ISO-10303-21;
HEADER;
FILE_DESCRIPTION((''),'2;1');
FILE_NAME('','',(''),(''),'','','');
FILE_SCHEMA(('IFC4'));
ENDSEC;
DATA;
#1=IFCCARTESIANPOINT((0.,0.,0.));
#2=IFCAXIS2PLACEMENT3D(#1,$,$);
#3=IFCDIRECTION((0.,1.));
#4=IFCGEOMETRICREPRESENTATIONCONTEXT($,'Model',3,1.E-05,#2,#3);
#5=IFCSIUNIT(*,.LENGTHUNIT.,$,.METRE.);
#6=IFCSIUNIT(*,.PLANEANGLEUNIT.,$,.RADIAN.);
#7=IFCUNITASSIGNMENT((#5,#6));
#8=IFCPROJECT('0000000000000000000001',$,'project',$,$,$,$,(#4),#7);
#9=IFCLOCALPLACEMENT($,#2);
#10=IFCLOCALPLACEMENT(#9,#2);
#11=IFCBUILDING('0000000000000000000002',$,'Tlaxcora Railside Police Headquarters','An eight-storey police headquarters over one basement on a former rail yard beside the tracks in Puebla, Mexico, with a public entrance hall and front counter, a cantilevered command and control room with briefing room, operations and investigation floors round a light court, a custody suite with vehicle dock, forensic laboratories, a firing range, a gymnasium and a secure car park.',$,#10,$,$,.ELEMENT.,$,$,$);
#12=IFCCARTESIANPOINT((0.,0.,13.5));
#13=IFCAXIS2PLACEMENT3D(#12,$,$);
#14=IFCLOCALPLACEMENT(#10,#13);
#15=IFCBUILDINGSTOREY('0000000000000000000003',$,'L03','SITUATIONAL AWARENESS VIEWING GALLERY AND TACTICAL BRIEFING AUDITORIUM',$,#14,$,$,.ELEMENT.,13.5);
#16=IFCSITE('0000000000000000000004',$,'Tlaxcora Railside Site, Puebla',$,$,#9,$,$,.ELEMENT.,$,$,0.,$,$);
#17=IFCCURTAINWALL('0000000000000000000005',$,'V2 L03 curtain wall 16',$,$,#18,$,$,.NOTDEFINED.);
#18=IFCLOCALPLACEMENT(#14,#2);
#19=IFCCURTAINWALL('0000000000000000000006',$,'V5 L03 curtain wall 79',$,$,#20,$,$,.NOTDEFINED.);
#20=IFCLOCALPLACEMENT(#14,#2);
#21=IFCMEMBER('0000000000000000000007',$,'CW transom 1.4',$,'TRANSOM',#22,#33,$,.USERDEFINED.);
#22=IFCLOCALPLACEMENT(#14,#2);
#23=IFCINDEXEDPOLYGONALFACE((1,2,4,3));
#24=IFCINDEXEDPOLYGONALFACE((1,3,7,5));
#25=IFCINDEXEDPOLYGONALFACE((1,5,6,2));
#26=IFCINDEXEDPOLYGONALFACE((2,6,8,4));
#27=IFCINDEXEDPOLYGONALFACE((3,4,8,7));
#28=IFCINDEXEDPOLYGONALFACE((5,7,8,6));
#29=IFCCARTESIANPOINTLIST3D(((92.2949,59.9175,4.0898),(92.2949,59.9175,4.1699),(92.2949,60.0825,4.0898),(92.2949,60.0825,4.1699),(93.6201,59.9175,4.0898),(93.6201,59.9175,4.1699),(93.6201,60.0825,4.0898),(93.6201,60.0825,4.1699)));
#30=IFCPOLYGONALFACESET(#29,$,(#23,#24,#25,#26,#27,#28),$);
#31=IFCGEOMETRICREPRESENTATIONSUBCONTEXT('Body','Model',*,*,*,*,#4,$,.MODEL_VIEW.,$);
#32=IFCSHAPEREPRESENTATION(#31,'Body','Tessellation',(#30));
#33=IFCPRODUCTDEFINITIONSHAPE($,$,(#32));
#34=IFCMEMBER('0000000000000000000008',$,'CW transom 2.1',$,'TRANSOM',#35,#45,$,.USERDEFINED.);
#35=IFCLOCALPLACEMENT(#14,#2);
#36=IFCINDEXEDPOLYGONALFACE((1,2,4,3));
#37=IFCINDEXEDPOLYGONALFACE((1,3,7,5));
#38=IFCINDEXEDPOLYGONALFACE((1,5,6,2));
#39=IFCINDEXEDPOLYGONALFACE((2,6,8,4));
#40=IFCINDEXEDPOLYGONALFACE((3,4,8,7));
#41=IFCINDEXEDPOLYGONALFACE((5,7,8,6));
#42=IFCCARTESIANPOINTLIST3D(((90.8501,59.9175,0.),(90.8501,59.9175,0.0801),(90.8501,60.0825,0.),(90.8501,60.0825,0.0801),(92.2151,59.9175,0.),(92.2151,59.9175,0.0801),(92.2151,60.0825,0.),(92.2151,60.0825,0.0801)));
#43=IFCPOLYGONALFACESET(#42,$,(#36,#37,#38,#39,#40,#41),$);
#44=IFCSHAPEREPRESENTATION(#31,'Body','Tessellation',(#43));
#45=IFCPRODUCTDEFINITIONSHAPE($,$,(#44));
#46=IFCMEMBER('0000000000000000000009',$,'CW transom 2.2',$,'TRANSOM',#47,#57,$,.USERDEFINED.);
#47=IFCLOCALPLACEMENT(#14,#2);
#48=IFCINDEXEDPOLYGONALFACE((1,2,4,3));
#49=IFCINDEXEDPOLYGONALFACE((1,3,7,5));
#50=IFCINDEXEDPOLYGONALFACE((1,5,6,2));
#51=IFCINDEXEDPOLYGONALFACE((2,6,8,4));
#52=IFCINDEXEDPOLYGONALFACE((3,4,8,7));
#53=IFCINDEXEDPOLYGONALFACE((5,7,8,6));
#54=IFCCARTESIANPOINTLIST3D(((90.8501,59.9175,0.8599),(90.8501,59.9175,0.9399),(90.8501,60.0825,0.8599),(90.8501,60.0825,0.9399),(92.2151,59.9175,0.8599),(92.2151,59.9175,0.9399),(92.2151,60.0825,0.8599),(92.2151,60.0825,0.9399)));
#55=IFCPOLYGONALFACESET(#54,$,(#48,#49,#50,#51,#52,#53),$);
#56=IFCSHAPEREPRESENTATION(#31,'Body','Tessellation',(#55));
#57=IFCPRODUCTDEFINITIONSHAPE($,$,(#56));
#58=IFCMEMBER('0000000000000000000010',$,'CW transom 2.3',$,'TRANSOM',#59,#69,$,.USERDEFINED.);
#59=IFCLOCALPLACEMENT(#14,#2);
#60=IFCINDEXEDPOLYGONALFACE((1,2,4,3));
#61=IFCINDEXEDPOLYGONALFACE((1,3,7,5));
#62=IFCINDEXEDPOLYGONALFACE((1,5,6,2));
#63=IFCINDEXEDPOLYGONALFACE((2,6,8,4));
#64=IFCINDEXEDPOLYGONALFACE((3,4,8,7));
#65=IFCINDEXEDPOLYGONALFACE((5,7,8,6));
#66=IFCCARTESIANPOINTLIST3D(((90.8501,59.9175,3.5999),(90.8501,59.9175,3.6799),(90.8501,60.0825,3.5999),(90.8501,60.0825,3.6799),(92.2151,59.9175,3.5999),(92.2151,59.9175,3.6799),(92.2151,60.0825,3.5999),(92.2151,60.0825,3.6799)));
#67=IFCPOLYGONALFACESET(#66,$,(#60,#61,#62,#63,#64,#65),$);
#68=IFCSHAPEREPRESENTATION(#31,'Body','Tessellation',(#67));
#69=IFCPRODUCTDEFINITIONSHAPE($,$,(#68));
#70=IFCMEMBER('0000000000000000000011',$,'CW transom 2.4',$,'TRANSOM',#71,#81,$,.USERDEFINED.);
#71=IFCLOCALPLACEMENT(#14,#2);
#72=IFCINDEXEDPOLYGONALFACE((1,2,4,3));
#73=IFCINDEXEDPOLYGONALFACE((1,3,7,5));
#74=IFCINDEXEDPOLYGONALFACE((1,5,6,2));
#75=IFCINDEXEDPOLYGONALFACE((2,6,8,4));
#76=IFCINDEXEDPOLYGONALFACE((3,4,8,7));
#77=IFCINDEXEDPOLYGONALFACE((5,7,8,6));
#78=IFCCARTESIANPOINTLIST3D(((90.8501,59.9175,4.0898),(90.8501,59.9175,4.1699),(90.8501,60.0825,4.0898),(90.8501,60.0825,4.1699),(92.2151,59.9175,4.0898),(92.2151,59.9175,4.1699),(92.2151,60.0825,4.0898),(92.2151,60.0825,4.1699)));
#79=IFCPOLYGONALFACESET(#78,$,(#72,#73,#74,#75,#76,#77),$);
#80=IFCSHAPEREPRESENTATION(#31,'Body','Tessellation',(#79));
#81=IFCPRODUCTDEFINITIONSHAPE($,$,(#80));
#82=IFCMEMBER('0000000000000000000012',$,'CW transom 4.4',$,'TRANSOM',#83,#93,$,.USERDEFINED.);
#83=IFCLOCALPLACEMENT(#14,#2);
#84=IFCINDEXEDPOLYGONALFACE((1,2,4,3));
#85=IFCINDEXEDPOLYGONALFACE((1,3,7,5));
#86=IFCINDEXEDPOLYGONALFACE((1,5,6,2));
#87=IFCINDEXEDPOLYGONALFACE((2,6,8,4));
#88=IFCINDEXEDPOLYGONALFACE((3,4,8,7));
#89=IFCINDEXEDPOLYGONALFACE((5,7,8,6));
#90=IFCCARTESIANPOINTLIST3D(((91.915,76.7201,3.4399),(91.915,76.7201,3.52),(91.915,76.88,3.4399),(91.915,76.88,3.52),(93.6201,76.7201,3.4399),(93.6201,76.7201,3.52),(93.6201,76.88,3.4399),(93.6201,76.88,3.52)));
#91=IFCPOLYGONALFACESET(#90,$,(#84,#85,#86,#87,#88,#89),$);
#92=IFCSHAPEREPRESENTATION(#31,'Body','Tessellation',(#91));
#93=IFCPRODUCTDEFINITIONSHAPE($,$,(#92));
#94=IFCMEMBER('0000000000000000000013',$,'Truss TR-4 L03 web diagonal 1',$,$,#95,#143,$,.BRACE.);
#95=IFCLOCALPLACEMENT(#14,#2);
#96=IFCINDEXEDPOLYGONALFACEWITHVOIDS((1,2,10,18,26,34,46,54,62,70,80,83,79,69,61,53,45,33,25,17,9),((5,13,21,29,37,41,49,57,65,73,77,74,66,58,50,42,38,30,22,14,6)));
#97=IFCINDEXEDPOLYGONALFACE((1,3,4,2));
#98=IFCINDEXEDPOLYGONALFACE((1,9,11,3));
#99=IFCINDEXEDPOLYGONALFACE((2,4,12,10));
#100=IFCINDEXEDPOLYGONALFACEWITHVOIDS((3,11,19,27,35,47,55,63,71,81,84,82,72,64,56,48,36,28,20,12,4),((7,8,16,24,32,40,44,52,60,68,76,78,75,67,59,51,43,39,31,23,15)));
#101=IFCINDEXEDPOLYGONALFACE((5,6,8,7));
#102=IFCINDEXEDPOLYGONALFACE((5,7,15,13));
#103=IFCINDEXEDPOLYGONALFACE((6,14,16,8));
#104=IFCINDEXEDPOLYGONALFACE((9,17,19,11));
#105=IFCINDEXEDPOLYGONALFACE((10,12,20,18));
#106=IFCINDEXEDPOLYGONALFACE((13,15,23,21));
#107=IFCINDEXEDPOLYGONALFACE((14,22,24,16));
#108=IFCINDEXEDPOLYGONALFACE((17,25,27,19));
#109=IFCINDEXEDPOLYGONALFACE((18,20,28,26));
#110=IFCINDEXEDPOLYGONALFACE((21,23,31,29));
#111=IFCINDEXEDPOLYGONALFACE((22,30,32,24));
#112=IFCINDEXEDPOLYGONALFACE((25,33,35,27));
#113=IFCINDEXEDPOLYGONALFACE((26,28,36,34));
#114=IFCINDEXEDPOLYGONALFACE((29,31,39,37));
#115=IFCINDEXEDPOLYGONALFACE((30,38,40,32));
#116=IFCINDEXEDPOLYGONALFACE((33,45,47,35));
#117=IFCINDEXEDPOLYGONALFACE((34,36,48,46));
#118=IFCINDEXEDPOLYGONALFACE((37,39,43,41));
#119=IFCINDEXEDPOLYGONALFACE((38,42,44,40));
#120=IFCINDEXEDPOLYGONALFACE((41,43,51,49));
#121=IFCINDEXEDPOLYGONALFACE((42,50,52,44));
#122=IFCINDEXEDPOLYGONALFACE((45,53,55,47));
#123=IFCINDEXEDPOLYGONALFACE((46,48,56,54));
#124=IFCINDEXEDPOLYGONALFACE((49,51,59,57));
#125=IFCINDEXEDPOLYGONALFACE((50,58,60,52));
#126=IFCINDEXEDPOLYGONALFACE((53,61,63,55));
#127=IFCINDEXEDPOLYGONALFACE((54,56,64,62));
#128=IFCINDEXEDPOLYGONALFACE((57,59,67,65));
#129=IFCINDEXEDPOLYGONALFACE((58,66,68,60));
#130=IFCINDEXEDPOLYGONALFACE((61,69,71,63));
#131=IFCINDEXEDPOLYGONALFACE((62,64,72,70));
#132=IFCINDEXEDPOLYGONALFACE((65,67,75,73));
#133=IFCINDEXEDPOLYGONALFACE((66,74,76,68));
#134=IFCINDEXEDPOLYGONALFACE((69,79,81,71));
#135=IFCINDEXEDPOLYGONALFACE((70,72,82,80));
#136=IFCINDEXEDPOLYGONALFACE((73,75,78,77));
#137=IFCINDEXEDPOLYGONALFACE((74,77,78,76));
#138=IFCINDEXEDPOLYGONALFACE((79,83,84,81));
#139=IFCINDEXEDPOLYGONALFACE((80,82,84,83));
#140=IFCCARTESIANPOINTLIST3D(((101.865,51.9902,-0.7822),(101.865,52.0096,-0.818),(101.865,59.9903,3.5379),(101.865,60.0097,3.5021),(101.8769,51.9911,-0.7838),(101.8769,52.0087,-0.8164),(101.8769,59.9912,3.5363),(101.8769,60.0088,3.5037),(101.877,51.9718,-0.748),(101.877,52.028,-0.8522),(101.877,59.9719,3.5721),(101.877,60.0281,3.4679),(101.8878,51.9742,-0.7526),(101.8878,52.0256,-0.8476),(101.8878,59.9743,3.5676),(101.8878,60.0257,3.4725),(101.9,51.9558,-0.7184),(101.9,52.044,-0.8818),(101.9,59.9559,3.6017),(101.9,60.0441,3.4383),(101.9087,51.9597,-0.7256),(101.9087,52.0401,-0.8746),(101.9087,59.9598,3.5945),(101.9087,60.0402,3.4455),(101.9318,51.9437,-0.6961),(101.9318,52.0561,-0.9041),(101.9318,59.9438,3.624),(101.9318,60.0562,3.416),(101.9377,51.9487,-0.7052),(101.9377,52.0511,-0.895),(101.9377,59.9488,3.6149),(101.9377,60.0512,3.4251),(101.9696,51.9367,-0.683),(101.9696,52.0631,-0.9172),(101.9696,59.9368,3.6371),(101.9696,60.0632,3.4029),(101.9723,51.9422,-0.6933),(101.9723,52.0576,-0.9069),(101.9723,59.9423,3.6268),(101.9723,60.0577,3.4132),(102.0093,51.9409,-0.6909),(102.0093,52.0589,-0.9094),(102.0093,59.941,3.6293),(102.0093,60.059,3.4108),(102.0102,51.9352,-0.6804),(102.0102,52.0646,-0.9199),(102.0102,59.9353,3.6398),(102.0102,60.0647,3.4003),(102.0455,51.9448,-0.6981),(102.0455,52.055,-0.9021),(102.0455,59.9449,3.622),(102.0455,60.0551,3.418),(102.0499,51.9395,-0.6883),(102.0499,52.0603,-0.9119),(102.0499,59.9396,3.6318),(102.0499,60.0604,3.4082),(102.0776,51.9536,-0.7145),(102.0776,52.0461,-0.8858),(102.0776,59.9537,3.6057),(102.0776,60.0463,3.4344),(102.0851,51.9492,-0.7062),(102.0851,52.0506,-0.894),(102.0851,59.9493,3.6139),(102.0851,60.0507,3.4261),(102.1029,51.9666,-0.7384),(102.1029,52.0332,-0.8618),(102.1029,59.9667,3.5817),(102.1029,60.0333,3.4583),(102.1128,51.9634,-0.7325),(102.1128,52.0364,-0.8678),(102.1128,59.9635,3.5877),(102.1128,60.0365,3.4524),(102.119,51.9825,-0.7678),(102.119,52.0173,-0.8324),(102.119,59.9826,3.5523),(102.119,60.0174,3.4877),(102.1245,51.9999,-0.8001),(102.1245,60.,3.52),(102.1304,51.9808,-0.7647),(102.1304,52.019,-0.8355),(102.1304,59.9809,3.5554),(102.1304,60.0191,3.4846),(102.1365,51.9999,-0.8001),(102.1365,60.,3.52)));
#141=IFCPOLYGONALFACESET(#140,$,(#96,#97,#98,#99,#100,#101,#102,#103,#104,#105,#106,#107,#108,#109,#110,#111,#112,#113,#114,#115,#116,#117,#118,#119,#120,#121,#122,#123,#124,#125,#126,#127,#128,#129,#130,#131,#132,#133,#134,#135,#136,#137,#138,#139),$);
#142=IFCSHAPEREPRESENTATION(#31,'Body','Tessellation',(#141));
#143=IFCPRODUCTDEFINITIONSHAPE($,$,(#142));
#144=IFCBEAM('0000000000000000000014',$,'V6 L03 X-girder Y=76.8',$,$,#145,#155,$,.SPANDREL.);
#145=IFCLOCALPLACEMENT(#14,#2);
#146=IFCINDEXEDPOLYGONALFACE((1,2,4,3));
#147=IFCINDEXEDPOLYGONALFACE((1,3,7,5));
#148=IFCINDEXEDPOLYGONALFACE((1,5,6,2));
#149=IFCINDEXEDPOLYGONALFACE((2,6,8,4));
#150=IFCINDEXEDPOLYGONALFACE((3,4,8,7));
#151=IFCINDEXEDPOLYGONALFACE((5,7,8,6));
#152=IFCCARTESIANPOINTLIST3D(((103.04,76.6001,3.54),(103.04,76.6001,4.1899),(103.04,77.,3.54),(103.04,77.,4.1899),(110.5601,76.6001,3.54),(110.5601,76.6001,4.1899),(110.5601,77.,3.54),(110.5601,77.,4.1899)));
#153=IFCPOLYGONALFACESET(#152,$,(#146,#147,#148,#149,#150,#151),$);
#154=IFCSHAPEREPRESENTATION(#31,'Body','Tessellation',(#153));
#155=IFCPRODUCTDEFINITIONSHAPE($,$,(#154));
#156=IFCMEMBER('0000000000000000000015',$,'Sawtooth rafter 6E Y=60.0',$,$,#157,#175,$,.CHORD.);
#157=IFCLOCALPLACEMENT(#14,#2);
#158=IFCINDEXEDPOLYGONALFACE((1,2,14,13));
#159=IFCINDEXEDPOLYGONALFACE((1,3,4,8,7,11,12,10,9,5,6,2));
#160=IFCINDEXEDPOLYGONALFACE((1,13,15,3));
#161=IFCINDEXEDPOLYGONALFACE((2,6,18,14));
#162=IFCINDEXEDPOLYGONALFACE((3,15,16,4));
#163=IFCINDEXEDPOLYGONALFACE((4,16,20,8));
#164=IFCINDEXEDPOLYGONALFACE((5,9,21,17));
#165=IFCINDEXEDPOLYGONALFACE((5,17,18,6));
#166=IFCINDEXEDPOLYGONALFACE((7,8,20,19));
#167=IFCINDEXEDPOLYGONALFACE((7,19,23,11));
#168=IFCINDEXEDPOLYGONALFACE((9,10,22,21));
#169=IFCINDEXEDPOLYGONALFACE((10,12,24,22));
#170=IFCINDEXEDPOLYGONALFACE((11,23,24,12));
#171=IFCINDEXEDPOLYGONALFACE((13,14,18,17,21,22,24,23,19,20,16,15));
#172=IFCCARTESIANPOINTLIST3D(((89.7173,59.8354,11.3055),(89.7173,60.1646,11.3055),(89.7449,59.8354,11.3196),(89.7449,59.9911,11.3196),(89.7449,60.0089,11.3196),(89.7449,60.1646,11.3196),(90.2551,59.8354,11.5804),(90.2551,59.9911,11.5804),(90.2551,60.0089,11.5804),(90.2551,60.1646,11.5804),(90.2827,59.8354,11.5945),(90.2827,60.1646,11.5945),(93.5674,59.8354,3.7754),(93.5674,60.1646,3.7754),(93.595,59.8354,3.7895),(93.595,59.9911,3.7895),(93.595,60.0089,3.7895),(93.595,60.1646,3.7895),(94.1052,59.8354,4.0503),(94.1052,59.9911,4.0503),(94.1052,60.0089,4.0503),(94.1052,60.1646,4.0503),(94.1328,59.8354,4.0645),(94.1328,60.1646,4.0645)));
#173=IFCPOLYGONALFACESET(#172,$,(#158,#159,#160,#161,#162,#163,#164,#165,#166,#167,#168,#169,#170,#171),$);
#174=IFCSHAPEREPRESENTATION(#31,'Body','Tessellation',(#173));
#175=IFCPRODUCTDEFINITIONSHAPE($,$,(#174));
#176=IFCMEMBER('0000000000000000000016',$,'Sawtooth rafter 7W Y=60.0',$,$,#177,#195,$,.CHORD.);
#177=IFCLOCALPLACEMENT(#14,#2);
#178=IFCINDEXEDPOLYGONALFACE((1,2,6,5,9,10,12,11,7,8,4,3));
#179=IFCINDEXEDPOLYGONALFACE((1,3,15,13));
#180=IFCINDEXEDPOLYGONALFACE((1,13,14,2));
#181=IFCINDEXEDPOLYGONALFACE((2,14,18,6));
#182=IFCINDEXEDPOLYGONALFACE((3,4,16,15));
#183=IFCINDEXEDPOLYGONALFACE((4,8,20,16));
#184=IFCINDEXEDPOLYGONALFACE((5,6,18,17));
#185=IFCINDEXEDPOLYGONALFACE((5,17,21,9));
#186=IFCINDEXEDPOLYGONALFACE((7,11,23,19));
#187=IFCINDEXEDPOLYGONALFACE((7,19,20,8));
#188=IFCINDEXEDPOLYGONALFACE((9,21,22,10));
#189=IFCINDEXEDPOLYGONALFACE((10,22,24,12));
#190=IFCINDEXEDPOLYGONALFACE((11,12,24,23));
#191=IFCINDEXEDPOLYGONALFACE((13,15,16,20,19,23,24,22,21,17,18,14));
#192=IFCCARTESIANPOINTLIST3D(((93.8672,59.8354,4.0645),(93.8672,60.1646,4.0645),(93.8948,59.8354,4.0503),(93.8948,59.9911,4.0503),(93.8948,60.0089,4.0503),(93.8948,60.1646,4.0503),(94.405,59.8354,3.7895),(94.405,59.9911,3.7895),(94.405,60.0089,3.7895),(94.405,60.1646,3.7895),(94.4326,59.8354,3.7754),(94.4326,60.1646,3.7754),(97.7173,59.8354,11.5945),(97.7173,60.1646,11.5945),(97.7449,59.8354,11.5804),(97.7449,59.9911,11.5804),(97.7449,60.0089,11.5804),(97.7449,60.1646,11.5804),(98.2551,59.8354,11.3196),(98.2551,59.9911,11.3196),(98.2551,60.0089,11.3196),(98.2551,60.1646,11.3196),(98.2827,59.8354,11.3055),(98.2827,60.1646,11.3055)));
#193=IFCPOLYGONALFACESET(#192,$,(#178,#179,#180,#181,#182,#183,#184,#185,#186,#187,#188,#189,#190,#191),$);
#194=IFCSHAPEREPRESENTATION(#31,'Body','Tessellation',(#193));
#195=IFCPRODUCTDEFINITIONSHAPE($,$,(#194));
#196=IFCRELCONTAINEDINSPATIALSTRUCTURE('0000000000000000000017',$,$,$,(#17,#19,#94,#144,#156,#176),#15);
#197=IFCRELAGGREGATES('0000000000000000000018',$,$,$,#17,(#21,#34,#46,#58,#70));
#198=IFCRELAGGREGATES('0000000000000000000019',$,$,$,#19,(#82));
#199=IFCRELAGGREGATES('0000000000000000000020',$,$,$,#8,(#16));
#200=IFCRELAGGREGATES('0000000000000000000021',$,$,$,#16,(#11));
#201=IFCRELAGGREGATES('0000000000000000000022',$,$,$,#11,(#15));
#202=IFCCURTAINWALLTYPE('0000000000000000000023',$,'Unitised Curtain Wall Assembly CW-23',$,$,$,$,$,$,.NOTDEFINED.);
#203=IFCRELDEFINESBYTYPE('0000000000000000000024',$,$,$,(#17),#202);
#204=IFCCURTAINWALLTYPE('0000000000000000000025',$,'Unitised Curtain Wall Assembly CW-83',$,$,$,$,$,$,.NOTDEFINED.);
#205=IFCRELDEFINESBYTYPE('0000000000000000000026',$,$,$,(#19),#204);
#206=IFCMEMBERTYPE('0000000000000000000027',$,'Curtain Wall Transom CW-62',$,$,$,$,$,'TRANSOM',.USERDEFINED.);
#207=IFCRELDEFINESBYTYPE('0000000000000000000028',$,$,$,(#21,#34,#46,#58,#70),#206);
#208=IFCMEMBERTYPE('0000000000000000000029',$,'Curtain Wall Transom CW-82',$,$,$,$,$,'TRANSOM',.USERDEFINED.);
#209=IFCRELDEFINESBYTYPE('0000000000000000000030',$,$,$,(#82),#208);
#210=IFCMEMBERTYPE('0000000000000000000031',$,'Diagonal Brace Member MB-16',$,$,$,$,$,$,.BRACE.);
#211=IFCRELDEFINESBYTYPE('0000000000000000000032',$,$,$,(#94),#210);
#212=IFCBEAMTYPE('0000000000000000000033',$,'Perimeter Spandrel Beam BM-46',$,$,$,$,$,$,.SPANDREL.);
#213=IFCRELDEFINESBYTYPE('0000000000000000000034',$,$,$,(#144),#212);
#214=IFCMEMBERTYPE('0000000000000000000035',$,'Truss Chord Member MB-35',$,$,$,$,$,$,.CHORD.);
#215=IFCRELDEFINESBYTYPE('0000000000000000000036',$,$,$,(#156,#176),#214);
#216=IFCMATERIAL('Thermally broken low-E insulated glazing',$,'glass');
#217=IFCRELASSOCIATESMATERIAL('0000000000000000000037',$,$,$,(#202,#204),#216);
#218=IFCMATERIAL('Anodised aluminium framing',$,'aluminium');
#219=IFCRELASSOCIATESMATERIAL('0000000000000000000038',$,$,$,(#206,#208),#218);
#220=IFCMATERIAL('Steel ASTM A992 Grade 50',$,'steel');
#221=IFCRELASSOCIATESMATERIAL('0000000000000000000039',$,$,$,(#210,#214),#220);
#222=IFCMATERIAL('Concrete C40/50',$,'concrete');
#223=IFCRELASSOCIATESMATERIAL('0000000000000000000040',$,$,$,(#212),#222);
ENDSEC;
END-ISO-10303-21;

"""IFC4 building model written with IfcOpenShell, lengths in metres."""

from ifc_helpers import new_model, si_unit, direction, frame, origin, origin_2d, place, context, subcontext, project, spatial, rectangle, hollow_circle, i_section, extrude, material, material_profile, profile_set, type_object, element, aggregate, save


model = new_model("IFC4")

# Units and contexts
model_context = context("Model", 3, precision=1e-05, world=origin(), true_north=direction((0.0, 1.0)))
body_context = subcontext(model_context, "Body", "Model", "MODEL_VIEW")
ifc_project = project(units=[si_unit("LENGTHUNIT", "METRE"), si_unit("PLANEANGLEUNIT", "RADIAN")], contexts=[model_context])

# Site, building, storey
site_placement = place(None, origin())
site = spatial("IfcSite", under=ifc_project, at=site_placement, Name="Tlaxcora Railside Site, Puebla", CompositionType="ELEMENT", RefElevation=0.0)
building_placement = place(site_placement, origin())
building = spatial("IfcBuilding", under=site, at=building_placement, Name="Tlaxcora Railside Police Headquarters", Description="An eight-storey police headquarters over one basement on a former rail yard beside the tracks in Puebla, Mexico, with a public entrance hall and front counter, a cantilevered command and control room with briefing room, operations and investigation floors round a light court, a custody suite with vehicle dock, forensic laboratories, a firing range, a gymnasium and a secure car park.", CompositionType="ELEMENT")
storey_placement = place(building_placement, frame((0.0, 0.0, 13.5)))
storey = spatial("IfcBuildingStorey", under=building, at=storey_placement, Name="L03", Description="SITUATIONAL AWARENESS VIEWING GALLERY AND TACTICAL BRIEFING AUDITORIUM", CompositionType="ELEMENT", Elevation=13.5)

# Shared definitions
ifc_material_1 = material(Name="Concrete C40/50", Category="concrete")

# Curtain wall
ifc_material_2 = material(Name="Thermally broken low-E insulated glazing", Category="glass")
curtain_wall_type_1 = type_object("IfcCurtainWallType", Name="Unitised Curtain Wall Assembly CW-23", PredefinedType="NOTDEFINED", material=ifc_material_2)
curtain_wall_1_placement = place(storey_placement, origin())
curtain_wall_1 = element("IfcCurtainWall", 1, at=curtain_wall_1_placement, inside=storey, type_object=curtain_wall_type_1, Name="V2 L03 curtain wall 16", PredefinedType="NOTDEFINED")
ifc_material_3 = material(Name="Anodised aluminium framing", Category="aluminium")

# Curtain wall
curtain_wall_type_2 = type_object("IfcCurtainWallType", Name="Unitised Curtain Wall Assembly CW-83", PredefinedType="NOTDEFINED", material=ifc_material_2)
curtain_wall_2_placement = place(storey_placement, origin())
curtain_wall_2 = element("IfcCurtainWall", 2, at=curtain_wall_2_placement, inside=storey, type_object=curtain_wall_type_2, Name="V5 L03 curtain wall 79", PredefinedType="NOTDEFINED")

# Members
ifc_material_profile_1 = material_profile(ifc_material_3, rectangle(XDim=0.165, YDim=0.0801, at=origin_2d()), Name="AL80X165")
ifc_profile_set_1 = profile_set([ifc_material_profile_1], Name="Anodised aluminium framing")
member_type_1 = type_object("IfcMemberType", Name="Curtain Wall Transom CW-62", ElementType="TRANSOM", PredefinedType="USERDEFINED", material=ifc_profile_set_1)
member_1_placement = place(storey_placement, frame((93.6201, 60.0, 4.1299), z_axis=(-1.0, 0.0, 0.0), x_axis=(0.0, -1.0, 0.0)))
member_1 = element("IfcMember", 3, at=member_1_placement, type_object=member_type_1, Name="CW transom 1.4", ObjectType="TRANSOM", PredefinedType="USERDEFINED", context=body_context, shape_type="SweptSolid", body=[
    extrude(rectangle(XDim=0.165, YDim=0.0801, at=origin_2d()), origin(), (0.0, 0.0, 1.0), 1.3252),
])
member_2_placement = place(storey_placement, frame((92.2151, 60.0, 0.04), z_axis=(-1.0, 0.0, 0.0), x_axis=(0.0, -1.0, 0.0)))
member_2 = element("IfcMember", 4, at=member_2_placement, type_object=member_type_1, Name="CW transom 2.1", ObjectType="TRANSOM", PredefinedType="USERDEFINED", context=body_context, shape_type="SweptSolid", body=[
    extrude(rectangle(XDim=0.165, YDim=0.0801, at=origin_2d()), origin(), (0.0, 0.0, 1.0), 1.365),
])
member_3_placement = place(storey_placement, frame((92.2151, 60.0, 0.8999), z_axis=(-1.0, 0.0, 0.0), x_axis=(0.0, -1.0, 0.0)))
member_3 = element("IfcMember", 5, at=member_3_placement, type_object=member_type_1, Name="CW transom 2.2", ObjectType="TRANSOM", PredefinedType="USERDEFINED", context=body_context, shape_type="SweptSolid", body=[
    extrude(rectangle(XDim=0.165, YDim=0.0801, at=origin_2d()), origin(), (0.0, 0.0, 1.0), 1.365),
])
member_4_placement = place(storey_placement, frame((92.2151, 60.0, 3.6399), z_axis=(-1.0, 0.0, 0.0), x_axis=(0.0, -1.0, 0.0)))
member_4 = element("IfcMember", 6, at=member_4_placement, type_object=member_type_1, Name="CW transom 2.3", ObjectType="TRANSOM", PredefinedType="USERDEFINED", context=body_context, shape_type="SweptSolid", body=[
    extrude(rectangle(XDim=0.165, YDim=0.0801, at=origin_2d()), origin(), (0.0, 0.0, 1.0), 1.365),
])
member_5_placement = place(storey_placement, frame((92.2151, 60.0, 4.1299), z_axis=(-1.0, 0.0, 0.0), x_axis=(0.0, -1.0, 0.0)))
member_5 = element("IfcMember", 7, at=member_5_placement, type_object=member_type_1, Name="CW transom 2.4", ObjectType="TRANSOM", PredefinedType="USERDEFINED", context=body_context, shape_type="SweptSolid", body=[
    extrude(rectangle(XDim=0.165, YDim=0.0801, at=origin_2d()), origin(), (0.0, 0.0, 1.0), 1.365),
])
ifc_material_profile_2 = material_profile(ifc_material_3, rectangle(XDim=0.1599, YDim=0.0801, at=origin_2d()), Name="AL80X160")
ifc_profile_set_2 = profile_set([ifc_material_profile_2], Name="Anodised aluminium framing")
member_type_2 = type_object("IfcMemberType", Name="Curtain Wall Transom CW-82", ElementType="TRANSOM", PredefinedType="USERDEFINED", material=ifc_profile_set_2)
member_6_placement = place(storey_placement, frame((91.915, 76.8, 3.48), z_axis=(1.0, 0.0, 0.0), x_axis=(0.0, 1.0, 0.0)))
member_6 = element("IfcMember", 8, at=member_6_placement, type_object=member_type_2, Name="CW transom 4.4", ObjectType="TRANSOM", PredefinedType="USERDEFINED", context=body_context, shape_type="SweptSolid", body=[
    extrude(rectangle(XDim=0.1599, YDim=0.0801, at=origin_2d()), origin(), (0.0, 0.0, 1.0), 1.7051),
])
ifc_material_4 = material(Name="Steel ASTM A992 Grade 50", Category="steel")
ifc_material_profile_3 = material_profile(ifc_material_4, hollow_circle(Radius=0.1365, WallThickness=0.012, at=origin_2d()), Name="CHS273X12")
ifc_profile_set_3 = profile_set([ifc_material_profile_3], Name="Steel ASTM A992 Grade 50")
member_type_3 = type_object("IfcMemberType", Name="Diagonal Brace Member MB-16", PredefinedType="BRACE", material=ifc_profile_set_3)
member_7_placement = place(storey_placement, frame((102.0, 60.0, 3.52), z_axis=(0.0, -0.879902, -0.475155), x_axis=(1.0, 0.0, 0.0)))
element("IfcMember", 9, at=member_7_placement, inside=storey, type_object=member_type_3, Name="Truss TR-4 L03 web diagonal 1", PredefinedType="BRACE", context=body_context, shape_type="SweptSolid", body=[
    extrude(hollow_circle(Radius=0.1365, WallThickness=0.012, at=origin_2d()), origin(), (0.0, 0.0, 1.0), 9.092),
])

# Beam
ifc_material_profile_4 = material_profile(ifc_material_1, rectangle(XDim=0.3999, YDim=0.6499, at=origin_2d()), Name="RC400X650")
ifc_profile_set_4 = profile_set([ifc_material_profile_4], Name="Concrete C40/50")
beam_type = type_object("IfcBeamType", Name="Perimeter Spandrel Beam BM-46", PredefinedType="SPANDREL", material=ifc_profile_set_4)
beam_placement = place(storey_placement, frame((103.04, 76.8, 3.865), z_axis=(1.0, 0.0, 0.0), x_axis=(0.0, 1.0, 0.0)))
element("IfcBeam", 10, at=beam_placement, inside=storey, type_object=beam_type, Name="V6 L03 X-girder Y=76.8", PredefinedType="SPANDREL", context=body_context, shape_type="SweptSolid", body=[
    extrude(rectangle(XDim=0.3999, YDim=0.6499, at=origin_2d()), origin(), (0.0, 0.0, 1.0), 7.52),
])

# Members
ifc_material_profile_5 = material_profile(ifc_material_4, i_section(OverallWidth=0.3291, OverallDepth=0.635, WebThickness=0.0178, FlangeThickness=0.031, at=origin_2d()), Name="W24X162")
ifc_profile_set_5 = profile_set([ifc_material_profile_5], Name="Steel ASTM A992 Grade 50")
member_type_4 = type_object("IfcMemberType", Name="Truss Chord Member MB-35", PredefinedType="CHORD", material=ifc_profile_set_5)
for number, where, z_axis, x_axis, name in (
    (11, (93.8501, 60.0, 3.9199), (-0.455244, 0.0, 0.890367), (0.0, -1.0, 0.0), "Sawtooth rafter 6E Y=60.0"),
    (12, (94.1499, 60.0, 3.9199), (0.455244, 0.0, 0.890367), (0.0, 1.0, 0.0), "Sawtooth rafter 7W Y=60.0"),
):
    element("IfcMember", number, at=place(storey_placement, frame(where, z_axis=z_axis, x_axis=x_axis)), inside=storey, type_object=member_type_4, Name=name, PredefinedType="CHORD", context=body_context, shape_type="SweptSolid", body=[
        extrude(i_section(OverallWidth=0.3291, OverallDepth=0.635, WebThickness=0.0178, FlangeThickness=0.031, at=origin_2d()), origin(), (0.0, 0.0, 1.0), 8.4573),
    ])

aggregate(curtain_wall_1, [member_1, member_2, member_3, member_4, member_5])
aggregate(curtain_wall_2, [member_6])

save(model, "model.ifc")
